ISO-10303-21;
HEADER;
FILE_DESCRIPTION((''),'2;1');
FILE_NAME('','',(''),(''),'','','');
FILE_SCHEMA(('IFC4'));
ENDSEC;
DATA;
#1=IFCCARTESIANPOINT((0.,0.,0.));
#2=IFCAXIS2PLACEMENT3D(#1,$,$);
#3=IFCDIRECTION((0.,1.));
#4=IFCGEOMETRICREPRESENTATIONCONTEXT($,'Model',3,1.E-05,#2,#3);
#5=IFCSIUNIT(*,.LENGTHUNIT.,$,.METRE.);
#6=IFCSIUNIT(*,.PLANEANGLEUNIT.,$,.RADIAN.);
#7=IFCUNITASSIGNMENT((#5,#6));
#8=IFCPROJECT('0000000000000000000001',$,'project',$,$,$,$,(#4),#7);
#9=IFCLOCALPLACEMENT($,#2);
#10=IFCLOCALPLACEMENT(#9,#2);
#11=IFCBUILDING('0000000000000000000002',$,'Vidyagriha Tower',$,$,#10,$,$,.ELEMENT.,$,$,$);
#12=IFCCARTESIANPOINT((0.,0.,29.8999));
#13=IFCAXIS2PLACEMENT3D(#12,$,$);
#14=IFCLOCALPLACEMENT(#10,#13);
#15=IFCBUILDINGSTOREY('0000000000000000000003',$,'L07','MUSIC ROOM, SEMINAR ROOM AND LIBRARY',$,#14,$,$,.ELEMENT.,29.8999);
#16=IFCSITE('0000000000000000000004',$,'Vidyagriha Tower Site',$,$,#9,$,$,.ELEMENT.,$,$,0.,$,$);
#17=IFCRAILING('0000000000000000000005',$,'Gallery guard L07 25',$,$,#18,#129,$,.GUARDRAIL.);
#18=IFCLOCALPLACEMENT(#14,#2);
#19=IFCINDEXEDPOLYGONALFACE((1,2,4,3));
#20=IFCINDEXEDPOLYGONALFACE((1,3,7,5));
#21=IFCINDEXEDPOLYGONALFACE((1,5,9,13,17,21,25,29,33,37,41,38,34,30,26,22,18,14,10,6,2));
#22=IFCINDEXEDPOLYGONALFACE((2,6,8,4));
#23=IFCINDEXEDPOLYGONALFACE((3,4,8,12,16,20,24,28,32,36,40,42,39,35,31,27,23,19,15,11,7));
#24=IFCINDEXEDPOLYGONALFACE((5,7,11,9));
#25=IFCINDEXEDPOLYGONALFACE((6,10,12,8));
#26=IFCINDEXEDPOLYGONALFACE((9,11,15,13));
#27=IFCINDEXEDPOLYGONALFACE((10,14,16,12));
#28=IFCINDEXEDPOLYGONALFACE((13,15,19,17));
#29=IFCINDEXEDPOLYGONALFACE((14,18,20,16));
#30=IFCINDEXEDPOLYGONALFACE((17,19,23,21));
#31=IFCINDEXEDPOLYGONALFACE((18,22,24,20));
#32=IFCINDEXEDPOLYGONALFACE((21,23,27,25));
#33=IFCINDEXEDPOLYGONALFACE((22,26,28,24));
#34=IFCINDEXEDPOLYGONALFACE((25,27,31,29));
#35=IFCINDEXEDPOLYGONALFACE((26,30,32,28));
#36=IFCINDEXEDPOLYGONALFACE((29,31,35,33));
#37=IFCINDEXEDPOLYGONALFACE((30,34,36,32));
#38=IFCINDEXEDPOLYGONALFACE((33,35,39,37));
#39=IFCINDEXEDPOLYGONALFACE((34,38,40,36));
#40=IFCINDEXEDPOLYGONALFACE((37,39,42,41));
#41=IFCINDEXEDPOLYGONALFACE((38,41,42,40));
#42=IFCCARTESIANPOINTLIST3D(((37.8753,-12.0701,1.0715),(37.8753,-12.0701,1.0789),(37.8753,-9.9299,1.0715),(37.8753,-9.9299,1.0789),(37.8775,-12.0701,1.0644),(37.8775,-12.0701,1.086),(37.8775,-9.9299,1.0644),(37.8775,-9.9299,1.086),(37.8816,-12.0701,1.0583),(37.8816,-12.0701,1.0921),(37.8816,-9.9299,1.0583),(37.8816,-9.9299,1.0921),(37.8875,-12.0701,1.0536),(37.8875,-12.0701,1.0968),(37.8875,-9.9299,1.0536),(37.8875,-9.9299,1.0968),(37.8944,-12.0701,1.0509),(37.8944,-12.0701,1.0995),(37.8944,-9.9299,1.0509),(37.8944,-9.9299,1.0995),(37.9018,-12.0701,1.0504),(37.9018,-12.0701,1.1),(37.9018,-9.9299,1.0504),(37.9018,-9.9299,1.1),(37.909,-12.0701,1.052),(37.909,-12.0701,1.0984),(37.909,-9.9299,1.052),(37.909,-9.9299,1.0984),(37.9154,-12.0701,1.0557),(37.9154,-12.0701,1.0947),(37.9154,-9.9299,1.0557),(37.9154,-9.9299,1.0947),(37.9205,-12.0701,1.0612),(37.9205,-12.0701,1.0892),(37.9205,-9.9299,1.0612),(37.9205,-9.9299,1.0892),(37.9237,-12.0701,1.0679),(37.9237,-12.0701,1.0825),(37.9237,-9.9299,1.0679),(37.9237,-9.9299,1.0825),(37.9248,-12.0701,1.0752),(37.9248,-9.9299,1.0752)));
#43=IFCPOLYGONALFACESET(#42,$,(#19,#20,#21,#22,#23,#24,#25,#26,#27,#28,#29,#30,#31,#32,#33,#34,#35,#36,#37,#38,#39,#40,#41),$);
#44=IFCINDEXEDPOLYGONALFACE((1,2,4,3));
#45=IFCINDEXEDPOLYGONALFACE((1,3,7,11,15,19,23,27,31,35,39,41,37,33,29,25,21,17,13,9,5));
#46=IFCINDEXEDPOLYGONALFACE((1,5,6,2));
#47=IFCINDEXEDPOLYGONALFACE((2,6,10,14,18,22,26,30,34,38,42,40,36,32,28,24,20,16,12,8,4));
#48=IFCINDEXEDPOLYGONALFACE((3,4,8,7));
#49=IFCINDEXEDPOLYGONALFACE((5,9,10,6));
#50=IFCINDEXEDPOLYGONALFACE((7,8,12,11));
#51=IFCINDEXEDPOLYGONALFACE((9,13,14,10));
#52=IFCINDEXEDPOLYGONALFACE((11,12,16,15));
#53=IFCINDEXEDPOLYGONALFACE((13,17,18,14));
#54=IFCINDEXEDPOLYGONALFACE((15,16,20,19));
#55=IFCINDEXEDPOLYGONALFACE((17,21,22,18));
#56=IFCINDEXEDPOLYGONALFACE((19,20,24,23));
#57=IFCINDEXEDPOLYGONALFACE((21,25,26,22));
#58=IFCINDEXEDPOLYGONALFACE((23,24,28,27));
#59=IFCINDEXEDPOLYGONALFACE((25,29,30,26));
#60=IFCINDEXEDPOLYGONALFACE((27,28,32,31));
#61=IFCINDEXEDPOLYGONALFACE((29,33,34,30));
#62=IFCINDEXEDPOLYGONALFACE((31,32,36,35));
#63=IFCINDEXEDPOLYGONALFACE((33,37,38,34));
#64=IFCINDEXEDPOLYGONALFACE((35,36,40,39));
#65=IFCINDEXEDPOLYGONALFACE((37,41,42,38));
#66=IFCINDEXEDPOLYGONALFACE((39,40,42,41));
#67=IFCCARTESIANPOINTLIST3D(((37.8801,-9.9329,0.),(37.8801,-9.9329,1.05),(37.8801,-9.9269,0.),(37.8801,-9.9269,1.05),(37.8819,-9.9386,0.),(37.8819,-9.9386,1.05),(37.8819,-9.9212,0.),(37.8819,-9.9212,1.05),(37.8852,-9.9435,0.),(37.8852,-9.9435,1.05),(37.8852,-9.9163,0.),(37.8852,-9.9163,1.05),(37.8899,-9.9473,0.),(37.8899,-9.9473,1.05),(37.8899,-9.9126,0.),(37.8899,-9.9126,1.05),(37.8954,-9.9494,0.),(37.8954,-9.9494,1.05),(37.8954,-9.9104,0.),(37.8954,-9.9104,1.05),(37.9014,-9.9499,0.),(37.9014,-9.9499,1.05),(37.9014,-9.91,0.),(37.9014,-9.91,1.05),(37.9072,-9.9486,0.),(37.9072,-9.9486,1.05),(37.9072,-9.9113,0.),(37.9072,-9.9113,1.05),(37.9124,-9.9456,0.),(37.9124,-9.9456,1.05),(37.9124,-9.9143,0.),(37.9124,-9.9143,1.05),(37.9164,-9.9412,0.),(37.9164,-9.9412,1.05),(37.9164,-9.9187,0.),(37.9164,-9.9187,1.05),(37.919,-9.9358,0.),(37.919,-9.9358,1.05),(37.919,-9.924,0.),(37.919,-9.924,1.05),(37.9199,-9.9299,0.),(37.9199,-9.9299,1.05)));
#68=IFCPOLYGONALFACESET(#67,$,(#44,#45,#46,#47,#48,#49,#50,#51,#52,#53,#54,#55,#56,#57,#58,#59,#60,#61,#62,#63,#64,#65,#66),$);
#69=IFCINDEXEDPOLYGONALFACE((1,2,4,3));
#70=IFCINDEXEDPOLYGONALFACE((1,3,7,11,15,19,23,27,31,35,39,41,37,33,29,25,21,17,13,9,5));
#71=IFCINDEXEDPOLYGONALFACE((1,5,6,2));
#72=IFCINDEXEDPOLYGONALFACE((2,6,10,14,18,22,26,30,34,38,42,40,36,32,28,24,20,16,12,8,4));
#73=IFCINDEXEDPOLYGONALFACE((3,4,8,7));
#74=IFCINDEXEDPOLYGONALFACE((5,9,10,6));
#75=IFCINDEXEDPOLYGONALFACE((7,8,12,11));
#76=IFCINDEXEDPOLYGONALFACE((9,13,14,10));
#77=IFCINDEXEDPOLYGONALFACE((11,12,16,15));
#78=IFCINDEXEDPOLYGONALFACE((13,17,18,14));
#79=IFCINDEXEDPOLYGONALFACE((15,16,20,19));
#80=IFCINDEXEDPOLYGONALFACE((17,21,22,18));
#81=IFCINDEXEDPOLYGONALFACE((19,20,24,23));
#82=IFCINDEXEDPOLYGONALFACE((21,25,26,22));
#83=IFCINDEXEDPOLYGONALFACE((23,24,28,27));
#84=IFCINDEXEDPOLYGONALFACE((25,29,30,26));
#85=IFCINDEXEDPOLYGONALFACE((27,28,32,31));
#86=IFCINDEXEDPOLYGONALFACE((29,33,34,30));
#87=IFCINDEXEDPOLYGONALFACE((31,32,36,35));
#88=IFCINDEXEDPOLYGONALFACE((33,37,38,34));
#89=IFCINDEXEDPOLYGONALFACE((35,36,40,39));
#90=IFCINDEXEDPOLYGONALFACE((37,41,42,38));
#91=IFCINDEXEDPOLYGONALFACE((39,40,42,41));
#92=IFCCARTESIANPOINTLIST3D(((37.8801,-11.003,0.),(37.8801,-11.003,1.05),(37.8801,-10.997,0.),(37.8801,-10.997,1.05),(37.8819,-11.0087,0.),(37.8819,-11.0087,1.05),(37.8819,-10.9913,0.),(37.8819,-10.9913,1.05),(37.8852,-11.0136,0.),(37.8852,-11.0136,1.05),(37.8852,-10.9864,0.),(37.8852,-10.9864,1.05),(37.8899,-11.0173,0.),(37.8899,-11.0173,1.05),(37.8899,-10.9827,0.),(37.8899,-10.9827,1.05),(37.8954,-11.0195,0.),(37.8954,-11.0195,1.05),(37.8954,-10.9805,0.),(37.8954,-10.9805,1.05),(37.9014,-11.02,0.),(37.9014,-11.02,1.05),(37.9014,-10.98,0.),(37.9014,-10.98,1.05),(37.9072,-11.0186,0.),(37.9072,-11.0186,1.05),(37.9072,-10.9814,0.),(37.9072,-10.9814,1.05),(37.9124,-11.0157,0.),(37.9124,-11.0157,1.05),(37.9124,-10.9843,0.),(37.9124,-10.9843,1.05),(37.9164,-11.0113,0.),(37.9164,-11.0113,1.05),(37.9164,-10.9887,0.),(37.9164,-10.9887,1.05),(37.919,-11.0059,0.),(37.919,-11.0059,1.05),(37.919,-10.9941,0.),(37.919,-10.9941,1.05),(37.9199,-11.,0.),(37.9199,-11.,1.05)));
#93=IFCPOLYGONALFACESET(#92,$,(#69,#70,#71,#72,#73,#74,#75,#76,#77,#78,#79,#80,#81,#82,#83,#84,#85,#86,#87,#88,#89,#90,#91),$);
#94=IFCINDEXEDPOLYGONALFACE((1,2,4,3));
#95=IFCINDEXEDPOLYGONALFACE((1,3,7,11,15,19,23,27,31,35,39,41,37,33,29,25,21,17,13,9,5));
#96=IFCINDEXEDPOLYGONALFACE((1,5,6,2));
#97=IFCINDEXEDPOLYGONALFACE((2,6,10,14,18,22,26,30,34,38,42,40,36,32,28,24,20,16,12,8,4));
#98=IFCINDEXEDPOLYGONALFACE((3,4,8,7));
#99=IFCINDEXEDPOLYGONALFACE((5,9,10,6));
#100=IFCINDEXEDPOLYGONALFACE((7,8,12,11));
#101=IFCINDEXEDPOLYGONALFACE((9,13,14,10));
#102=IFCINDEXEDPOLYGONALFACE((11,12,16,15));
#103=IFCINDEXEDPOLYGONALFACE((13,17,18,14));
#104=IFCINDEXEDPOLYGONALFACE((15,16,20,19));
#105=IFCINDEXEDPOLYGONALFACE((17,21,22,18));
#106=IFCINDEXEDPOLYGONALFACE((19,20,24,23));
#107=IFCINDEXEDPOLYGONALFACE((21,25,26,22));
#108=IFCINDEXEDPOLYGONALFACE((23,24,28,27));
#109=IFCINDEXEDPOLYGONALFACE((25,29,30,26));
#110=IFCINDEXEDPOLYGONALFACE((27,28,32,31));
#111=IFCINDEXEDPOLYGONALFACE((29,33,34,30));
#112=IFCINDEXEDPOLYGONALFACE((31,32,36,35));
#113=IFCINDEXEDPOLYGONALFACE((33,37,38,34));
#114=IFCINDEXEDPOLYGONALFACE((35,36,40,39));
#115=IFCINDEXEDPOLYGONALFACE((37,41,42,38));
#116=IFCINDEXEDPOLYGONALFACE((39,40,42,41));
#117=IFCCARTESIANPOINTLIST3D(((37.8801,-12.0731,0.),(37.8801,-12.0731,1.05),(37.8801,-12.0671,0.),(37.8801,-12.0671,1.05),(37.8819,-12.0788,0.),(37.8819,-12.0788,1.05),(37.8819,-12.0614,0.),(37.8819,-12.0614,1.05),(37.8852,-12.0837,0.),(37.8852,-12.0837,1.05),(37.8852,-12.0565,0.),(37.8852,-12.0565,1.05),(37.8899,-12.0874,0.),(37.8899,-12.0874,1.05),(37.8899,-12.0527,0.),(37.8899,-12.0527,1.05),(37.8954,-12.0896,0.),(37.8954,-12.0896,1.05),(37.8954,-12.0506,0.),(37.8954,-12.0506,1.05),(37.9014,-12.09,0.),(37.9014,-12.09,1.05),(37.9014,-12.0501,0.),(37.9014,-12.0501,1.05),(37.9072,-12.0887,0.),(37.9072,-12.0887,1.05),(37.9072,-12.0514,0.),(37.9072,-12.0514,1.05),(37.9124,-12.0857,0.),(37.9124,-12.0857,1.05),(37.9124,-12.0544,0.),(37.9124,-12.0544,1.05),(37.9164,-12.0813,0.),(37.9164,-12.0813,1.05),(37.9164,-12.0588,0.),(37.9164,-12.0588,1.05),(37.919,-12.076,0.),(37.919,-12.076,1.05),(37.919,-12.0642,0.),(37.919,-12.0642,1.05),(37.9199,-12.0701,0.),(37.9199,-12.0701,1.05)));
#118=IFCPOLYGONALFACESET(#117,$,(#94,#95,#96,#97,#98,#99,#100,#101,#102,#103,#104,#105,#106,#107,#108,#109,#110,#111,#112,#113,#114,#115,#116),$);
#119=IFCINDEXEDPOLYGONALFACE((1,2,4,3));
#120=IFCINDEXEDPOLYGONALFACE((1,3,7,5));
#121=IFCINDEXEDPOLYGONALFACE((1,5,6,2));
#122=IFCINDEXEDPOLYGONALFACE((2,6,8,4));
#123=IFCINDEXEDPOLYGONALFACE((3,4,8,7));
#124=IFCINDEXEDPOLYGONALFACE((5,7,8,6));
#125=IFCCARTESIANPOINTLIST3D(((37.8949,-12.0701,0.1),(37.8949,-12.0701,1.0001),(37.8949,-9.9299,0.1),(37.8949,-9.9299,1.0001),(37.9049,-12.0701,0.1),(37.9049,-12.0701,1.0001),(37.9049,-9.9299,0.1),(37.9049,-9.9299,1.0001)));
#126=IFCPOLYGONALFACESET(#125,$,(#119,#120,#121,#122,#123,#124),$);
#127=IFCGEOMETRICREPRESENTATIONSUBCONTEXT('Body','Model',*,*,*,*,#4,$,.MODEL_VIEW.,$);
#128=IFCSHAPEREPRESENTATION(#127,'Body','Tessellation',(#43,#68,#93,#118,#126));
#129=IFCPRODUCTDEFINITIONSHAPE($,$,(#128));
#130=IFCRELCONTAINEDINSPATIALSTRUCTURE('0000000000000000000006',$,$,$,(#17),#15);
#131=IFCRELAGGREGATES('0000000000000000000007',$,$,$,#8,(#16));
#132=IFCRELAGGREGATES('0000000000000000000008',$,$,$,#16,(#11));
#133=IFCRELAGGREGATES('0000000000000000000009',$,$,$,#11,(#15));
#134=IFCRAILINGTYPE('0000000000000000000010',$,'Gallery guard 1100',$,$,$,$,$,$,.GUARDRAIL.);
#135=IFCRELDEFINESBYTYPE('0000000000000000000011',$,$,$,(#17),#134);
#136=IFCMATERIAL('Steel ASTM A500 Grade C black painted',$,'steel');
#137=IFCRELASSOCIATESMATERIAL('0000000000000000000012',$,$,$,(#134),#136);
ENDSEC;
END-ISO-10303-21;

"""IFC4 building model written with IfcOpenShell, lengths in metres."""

from ifc_helpers import new_model, si_unit, direction, frame, origin, origin_2d, place, context, subcontext, project, spatial, rectangle, circle, extrude, material, type_object, element, save


model = new_model("IFC4")

# Units and contexts
model_context = context("Model", 3, precision=1e-05, world=origin(), true_north=direction((0.0, 1.0)))
body_context = subcontext(model_context, "Body", "Model", "MODEL_VIEW")
ifc_project = project(units=[si_unit("LENGTHUNIT", "METRE"), si_unit("PLANEANGLEUNIT", "RADIAN")], contexts=[model_context])

# Site, building, storey
site_placement = place(None, origin())
site = spatial("IfcSite", under=ifc_project, at=site_placement, Name="Vidyagriha Tower Site", CompositionType="ELEMENT", RefElevation=0.0)
building_placement = place(site_placement, origin())
building = spatial("IfcBuilding", under=site, at=building_placement, Name="Vidyagriha Tower", CompositionType="ELEMENT")
storey_placement = place(building_placement, frame((0.0, 0.0, 29.8999)))
storey = spatial("IfcBuildingStorey", under=building, at=storey_placement, Name="L07", Description="MUSIC ROOM, SEMINAR ROOM AND LIBRARY", CompositionType="ELEMENT", Elevation=29.8999)

# Railing
ifc_material_1 = material(Name="Steel ASTM A500 Grade C black painted", Category="steel")
railing_type = type_object("IfcRailingType", Name="Gallery guard 1100", PredefinedType="GUARDRAIL", material=ifc_material_1)
railing_1_placement = place(storey_placement, frame((37.8999, -9.9299, 0.0)))
element("IfcRailing", 1, at=railing_1_placement, inside=storey, type_object=railing_type, Name="Gallery guard L07 25", PredefinedType="GUARDRAIL", context=body_context, shape_type="SweptSolid", body=[
    extrude(circle(Radius=0.0249, at=origin_2d()), frame((0.0, 0.0, 1.0752), z_axis=(0.0, -1.0, 0.0), x_axis=(1.0, 0.0, 0.0)), (0.0, 0.0, 1.0), 2.1401),
    extrude(circle(Radius=0.02, at=origin_2d()), origin(), (0.0, 0.0, 1.0), 1.05),
    extrude(circle(Radius=0.02, at=origin_2d()), frame((0.0, -1.0701, 0.0)), (0.0, 0.0, 1.0), 1.05),
    extrude(circle(Radius=0.02, at=origin_2d()), frame((0.0, -2.1401, 0.0)), (0.0, 0.0, 1.0), 1.05),
    extrude(rectangle(XDim=0.01, YDim=0.9001, at=origin_2d()), frame((0.0, 0.0, 0.55), z_axis=(0.0, -1.0, 0.0), x_axis=(1.0, 0.0, 0.0)), (0.0, 0.0, 1.0), 2.1401),
])

save(model, "model.ifc")
